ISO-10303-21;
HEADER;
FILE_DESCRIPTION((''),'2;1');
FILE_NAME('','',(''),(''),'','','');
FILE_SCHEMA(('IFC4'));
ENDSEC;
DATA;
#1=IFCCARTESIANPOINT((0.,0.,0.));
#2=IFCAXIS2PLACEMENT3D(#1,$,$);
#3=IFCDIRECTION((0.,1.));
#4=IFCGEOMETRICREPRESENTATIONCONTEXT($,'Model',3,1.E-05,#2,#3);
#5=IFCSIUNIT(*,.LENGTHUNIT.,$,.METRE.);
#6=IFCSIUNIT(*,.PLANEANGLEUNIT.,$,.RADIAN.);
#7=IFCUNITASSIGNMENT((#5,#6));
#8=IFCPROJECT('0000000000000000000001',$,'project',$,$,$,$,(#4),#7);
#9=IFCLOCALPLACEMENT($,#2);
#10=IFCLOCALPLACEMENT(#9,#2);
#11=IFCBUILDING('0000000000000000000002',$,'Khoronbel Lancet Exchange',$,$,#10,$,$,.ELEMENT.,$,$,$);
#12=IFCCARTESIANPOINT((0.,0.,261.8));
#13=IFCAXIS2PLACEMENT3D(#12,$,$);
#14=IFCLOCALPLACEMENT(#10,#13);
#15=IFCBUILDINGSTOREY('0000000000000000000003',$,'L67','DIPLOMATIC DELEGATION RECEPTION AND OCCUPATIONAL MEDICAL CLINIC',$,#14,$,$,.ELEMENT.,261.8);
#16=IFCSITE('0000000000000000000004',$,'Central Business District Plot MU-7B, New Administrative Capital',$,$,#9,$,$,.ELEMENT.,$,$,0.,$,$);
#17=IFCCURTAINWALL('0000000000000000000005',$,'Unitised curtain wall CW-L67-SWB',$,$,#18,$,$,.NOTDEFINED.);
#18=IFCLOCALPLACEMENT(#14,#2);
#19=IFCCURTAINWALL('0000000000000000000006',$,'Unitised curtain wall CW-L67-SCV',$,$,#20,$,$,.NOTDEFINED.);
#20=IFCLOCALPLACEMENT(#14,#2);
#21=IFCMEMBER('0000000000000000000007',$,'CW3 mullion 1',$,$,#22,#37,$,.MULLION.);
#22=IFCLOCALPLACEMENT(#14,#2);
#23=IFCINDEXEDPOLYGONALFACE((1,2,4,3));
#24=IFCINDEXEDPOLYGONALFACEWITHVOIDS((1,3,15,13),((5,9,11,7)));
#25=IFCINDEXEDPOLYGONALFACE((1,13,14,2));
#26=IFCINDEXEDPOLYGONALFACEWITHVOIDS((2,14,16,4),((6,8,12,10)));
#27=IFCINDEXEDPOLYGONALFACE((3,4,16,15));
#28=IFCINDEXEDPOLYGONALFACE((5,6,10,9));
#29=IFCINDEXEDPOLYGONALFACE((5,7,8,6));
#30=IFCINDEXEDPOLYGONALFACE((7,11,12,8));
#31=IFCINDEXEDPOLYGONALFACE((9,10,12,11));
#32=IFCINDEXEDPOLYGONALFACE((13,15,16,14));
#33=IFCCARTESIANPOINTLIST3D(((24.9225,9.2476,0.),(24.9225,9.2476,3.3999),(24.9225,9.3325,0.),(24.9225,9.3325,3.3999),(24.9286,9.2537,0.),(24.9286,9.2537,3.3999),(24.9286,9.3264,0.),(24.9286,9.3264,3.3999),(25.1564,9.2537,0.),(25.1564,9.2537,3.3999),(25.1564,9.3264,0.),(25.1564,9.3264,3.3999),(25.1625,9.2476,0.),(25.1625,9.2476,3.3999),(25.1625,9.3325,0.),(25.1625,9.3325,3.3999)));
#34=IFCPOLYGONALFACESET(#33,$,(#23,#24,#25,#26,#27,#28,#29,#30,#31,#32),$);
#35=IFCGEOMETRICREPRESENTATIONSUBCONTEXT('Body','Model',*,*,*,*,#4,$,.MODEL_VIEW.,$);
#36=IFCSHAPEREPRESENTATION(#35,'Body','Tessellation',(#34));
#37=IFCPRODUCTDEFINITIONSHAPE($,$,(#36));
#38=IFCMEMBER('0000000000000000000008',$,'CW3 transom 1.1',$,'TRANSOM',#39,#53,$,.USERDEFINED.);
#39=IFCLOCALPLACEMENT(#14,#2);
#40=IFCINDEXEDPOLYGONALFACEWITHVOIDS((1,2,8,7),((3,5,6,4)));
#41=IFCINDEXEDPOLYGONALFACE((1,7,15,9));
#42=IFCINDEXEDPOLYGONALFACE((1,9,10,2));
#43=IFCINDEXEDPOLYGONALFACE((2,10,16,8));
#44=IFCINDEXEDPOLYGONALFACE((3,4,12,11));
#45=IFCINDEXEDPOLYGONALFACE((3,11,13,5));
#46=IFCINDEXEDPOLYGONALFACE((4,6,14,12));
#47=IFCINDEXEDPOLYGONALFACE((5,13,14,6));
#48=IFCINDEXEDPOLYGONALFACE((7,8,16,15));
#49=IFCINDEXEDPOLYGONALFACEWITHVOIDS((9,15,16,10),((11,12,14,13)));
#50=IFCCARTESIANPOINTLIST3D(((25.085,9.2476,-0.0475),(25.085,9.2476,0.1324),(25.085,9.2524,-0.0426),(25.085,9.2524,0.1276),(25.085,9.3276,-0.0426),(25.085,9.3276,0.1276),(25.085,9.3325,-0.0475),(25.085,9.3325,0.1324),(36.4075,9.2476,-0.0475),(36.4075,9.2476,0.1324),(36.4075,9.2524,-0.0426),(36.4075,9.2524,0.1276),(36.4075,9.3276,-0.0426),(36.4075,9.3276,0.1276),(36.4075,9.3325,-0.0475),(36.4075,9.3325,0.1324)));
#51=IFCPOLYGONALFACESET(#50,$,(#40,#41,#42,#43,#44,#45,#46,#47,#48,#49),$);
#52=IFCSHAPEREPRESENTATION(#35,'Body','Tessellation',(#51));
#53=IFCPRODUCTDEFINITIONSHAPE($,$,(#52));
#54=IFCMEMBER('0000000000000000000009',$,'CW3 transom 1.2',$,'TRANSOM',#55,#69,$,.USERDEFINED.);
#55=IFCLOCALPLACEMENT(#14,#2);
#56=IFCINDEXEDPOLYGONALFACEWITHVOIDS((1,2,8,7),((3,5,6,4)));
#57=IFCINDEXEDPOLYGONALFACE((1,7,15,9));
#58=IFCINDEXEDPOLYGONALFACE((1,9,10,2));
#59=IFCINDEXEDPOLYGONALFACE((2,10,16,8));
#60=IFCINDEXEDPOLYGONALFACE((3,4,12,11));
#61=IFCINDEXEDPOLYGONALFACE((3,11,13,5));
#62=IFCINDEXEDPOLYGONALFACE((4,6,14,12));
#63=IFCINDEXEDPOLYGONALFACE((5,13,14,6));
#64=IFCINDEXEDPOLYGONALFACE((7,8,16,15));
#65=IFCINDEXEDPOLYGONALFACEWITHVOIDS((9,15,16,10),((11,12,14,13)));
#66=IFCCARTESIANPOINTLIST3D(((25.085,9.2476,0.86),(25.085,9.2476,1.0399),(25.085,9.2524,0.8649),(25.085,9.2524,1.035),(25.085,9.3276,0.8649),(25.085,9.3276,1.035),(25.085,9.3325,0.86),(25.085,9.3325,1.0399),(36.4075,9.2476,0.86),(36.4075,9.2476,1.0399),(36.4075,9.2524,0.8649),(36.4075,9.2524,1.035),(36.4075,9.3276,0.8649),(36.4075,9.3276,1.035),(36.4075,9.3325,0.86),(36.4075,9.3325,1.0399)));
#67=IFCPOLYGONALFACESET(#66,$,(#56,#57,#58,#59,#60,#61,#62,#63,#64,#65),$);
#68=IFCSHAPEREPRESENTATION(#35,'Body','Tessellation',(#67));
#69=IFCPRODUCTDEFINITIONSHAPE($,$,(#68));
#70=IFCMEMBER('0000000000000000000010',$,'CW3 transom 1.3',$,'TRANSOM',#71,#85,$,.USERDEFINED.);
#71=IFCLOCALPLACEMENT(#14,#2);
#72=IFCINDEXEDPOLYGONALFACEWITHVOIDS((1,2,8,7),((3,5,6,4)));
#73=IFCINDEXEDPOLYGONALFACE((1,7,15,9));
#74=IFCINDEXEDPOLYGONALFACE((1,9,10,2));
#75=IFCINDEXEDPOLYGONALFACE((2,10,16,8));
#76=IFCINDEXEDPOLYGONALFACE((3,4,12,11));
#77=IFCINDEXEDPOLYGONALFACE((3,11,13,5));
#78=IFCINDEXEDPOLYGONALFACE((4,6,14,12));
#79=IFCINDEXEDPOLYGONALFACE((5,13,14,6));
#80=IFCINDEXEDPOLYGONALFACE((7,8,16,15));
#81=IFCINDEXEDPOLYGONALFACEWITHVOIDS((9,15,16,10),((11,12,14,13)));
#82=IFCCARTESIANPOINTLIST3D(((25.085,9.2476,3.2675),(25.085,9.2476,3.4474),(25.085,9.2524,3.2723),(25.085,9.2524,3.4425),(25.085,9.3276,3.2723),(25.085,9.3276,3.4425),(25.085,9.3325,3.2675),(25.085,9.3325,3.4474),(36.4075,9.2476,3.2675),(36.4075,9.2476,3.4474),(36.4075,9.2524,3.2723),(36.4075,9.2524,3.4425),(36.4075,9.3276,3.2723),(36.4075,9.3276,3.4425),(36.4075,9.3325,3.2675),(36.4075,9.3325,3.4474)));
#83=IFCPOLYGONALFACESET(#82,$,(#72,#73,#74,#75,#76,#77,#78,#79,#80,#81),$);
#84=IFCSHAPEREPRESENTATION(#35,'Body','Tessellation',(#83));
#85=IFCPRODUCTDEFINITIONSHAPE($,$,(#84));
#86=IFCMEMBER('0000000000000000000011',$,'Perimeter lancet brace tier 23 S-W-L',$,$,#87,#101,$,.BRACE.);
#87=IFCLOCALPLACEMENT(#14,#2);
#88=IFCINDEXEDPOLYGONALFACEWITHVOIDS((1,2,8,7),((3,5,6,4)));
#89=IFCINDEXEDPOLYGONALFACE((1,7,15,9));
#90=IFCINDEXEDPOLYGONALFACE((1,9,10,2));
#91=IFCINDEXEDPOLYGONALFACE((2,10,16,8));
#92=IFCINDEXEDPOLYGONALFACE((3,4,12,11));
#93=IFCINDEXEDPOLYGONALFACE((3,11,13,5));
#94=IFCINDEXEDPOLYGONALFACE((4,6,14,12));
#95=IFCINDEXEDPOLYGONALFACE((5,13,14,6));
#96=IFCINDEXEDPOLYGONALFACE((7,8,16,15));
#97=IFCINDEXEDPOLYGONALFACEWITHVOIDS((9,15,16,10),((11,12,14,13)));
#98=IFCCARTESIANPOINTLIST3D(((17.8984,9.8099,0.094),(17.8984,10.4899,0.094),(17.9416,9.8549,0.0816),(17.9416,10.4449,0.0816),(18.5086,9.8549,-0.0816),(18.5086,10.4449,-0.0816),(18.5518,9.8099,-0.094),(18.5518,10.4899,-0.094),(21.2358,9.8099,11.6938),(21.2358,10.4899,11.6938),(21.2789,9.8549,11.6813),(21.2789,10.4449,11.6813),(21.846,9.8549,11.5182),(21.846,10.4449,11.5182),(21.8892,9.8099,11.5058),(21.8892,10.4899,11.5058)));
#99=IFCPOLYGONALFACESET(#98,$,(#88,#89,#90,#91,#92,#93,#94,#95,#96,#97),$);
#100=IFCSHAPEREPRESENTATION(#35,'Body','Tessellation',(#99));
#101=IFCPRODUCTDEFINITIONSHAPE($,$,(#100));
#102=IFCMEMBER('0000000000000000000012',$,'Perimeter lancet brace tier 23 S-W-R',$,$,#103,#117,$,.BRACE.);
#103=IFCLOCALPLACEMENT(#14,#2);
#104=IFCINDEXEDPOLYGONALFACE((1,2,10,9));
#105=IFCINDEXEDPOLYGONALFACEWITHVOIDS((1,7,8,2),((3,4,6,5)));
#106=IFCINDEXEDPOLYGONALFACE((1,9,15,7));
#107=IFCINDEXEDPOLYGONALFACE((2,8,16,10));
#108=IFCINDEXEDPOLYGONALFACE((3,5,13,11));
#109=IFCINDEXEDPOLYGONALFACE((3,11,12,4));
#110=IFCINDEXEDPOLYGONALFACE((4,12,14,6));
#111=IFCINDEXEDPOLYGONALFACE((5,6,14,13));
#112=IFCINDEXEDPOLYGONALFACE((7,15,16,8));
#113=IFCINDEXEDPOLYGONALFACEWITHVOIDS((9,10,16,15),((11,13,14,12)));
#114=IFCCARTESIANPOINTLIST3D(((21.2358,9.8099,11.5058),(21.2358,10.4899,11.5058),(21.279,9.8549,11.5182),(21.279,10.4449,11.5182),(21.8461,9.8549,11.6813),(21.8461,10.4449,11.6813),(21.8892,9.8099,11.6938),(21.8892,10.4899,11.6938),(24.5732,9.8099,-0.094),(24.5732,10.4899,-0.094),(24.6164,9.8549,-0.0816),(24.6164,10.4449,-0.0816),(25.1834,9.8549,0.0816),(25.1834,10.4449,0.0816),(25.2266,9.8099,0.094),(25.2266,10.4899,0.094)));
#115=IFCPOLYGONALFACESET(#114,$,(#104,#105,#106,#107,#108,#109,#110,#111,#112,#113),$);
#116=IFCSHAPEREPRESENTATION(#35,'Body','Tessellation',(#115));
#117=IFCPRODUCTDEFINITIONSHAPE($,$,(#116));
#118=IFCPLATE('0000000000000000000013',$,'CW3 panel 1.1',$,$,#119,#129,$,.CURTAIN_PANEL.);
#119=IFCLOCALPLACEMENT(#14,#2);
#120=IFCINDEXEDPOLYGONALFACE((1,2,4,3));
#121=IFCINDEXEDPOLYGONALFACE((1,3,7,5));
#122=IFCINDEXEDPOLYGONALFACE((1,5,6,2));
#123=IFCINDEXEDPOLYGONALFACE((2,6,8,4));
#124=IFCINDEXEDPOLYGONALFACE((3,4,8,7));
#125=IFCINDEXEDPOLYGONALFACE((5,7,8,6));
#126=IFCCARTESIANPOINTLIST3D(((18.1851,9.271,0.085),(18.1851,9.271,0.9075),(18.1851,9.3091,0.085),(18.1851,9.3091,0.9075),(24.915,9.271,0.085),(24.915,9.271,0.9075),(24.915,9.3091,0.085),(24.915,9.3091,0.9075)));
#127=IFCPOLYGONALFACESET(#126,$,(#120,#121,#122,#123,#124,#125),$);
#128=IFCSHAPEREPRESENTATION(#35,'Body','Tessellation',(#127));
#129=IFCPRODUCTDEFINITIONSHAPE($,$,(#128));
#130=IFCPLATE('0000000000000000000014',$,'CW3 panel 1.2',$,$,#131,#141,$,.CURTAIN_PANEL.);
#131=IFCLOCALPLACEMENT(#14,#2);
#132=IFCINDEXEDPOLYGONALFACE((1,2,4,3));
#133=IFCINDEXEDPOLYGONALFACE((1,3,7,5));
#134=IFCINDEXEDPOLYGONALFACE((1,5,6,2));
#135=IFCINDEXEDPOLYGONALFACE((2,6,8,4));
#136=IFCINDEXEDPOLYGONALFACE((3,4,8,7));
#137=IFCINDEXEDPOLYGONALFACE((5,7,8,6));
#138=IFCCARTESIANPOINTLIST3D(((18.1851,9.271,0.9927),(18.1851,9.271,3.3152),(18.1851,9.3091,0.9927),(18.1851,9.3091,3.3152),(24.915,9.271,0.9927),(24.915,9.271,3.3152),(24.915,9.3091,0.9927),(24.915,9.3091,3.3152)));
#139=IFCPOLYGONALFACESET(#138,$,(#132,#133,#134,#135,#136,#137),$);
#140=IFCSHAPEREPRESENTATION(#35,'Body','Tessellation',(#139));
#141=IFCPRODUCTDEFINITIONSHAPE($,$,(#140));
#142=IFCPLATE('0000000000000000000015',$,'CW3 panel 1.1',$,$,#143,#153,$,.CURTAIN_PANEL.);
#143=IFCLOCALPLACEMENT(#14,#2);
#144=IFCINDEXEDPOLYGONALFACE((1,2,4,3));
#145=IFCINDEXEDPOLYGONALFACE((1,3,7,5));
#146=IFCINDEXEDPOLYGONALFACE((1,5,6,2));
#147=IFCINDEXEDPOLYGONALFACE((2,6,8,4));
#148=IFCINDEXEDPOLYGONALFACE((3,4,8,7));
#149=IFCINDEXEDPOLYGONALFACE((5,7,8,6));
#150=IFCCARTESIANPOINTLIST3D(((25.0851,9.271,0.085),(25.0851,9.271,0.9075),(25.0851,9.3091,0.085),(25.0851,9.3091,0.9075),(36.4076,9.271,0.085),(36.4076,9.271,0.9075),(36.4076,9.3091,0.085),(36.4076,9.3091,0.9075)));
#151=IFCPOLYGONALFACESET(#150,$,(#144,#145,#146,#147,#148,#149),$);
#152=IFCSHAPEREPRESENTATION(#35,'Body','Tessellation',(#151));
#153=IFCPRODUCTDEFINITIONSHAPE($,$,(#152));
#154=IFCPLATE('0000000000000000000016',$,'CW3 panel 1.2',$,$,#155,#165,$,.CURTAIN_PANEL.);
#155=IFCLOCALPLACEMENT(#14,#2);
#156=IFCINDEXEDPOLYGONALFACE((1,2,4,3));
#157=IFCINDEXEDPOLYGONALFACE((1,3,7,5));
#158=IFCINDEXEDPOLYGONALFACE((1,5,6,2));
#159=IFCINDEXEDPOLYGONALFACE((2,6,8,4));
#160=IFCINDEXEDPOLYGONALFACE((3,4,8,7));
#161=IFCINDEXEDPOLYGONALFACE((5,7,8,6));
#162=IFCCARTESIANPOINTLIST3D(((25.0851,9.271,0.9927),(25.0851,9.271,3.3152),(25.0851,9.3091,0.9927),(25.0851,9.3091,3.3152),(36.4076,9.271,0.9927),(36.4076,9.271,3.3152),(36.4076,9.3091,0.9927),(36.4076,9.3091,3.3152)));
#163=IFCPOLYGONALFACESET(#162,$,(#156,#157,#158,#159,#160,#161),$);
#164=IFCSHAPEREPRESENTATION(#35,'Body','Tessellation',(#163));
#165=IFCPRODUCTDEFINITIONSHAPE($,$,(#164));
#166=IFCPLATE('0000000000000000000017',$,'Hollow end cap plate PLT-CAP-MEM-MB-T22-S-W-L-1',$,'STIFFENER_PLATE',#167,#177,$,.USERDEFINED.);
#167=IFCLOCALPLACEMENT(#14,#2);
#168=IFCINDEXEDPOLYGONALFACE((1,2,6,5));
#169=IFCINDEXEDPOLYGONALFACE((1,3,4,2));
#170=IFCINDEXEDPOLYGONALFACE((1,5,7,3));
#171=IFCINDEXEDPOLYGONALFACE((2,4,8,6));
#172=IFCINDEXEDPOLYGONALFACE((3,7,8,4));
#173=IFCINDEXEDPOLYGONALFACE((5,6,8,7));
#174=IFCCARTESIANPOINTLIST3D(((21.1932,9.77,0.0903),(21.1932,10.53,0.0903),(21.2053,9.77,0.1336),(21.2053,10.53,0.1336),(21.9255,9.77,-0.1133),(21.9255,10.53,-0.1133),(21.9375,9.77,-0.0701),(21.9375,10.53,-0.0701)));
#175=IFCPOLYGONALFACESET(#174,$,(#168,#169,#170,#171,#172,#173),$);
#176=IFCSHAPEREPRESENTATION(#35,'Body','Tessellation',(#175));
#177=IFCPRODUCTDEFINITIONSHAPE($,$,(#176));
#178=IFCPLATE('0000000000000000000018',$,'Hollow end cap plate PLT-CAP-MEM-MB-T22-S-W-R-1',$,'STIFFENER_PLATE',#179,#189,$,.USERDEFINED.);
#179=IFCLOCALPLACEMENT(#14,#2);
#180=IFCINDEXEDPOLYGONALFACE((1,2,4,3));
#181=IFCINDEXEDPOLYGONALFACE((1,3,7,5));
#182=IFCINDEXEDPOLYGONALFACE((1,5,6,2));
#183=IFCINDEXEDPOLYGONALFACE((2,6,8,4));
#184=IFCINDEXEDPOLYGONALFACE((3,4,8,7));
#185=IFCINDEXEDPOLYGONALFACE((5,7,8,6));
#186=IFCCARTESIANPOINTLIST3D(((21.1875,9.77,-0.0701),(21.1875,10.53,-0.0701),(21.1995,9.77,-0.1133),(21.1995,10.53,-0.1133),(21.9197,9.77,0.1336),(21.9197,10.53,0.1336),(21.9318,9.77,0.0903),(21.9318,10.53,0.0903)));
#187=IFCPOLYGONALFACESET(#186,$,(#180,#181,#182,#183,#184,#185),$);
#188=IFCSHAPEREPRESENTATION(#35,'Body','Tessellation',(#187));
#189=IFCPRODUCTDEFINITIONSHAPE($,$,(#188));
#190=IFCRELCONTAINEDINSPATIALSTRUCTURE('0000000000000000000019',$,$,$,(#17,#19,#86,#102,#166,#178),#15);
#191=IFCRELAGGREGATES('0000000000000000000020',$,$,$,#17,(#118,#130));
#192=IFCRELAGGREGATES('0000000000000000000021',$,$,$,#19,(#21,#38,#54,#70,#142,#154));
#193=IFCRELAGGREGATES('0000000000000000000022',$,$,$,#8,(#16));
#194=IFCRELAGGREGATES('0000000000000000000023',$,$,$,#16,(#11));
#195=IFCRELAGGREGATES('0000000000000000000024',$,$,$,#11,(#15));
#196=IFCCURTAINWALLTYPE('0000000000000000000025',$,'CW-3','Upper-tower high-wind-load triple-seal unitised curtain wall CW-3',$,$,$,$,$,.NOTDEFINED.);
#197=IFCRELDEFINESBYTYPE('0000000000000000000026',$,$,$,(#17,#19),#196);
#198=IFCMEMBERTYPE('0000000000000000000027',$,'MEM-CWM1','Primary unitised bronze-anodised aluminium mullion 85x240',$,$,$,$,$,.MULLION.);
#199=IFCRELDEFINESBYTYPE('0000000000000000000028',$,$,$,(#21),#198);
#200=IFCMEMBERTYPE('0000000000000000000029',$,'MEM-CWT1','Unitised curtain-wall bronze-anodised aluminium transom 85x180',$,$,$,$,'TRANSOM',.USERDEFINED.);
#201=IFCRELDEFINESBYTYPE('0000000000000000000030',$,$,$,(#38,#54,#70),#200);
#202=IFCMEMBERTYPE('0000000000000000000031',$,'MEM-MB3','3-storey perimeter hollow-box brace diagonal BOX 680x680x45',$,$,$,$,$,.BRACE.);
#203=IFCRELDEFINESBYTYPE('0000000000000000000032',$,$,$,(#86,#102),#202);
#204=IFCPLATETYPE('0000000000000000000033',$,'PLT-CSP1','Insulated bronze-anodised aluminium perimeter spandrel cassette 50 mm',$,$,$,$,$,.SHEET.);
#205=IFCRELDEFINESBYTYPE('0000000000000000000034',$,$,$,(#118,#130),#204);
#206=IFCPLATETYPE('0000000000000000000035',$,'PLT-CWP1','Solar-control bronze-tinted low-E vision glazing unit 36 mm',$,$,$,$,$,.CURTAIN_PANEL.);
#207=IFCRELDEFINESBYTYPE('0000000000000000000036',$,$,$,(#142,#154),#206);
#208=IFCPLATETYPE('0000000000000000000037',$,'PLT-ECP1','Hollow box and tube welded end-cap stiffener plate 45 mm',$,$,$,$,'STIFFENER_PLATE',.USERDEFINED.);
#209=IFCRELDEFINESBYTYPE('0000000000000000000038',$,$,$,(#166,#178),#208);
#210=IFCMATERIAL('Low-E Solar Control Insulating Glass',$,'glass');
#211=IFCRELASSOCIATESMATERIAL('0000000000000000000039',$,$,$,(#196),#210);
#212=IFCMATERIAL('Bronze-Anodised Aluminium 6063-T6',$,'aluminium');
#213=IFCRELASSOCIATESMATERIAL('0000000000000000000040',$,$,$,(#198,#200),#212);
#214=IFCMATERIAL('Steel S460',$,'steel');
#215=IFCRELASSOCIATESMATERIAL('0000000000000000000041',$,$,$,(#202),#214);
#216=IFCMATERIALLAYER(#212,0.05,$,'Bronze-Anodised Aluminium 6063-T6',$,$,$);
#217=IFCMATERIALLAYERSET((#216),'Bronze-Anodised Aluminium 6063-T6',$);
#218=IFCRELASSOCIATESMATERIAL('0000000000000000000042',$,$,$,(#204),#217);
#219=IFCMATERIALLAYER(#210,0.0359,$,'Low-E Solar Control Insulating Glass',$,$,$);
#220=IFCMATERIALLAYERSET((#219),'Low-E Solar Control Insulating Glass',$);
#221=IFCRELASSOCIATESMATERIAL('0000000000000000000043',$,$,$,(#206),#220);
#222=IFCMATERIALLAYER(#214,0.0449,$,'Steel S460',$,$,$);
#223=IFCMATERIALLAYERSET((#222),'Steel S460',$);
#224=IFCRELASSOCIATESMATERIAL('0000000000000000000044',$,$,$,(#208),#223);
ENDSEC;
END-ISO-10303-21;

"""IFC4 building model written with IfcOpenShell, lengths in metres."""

from ifc_helpers import new_model, si_unit, direction, frame, origin, origin_2d, place, context, subcontext, project, spatial, polyline, rectangle, hollow_rectangle, outline, extrude, material, layer, layer_set, material_profile, profile_set, type_object, element, aggregate, save


model = new_model("IFC4")

# Units and contexts
model_context = context("Model", 3, precision=1e-05, world=origin(), true_north=direction((0.0, 1.0)))
body_context = subcontext(model_context, "Body", "Model", "MODEL_VIEW")
ifc_project = project(units=[si_unit("LENGTHUNIT", "METRE"), si_unit("PLANEANGLEUNIT", "RADIAN")], contexts=[model_context])

# Site, building, storey
site_placement = place(None, origin())
site = spatial("IfcSite", under=ifc_project, at=site_placement, Name="Central Business District Plot MU-7B, New Administrative Capital", CompositionType="ELEMENT", RefElevation=0.0)
building_placement = place(site_placement, origin())
building = spatial("IfcBuilding", under=site, at=building_placement, Name="Khoronbel Lancet Exchange", CompositionType="ELEMENT")
storey_placement = place(building_placement, frame((0.0, 0.0, 261.8)))
storey = spatial("IfcBuildingStorey", under=building, at=storey_placement, Name="L67", Description="DIPLOMATIC DELEGATION RECEPTION AND OCCUPATIONAL MEDICAL CLINIC", CompositionType="ELEMENT", Elevation=261.8)

# Shared definitions
ifc_material_1 = material(Name="Steel S460", Category="steel")

# Curtain wall
ifc_material_2 = material(Name="Low-E Solar Control Insulating Glass", Category="glass")
curtain_wall_type = type_object("IfcCurtainWallType", Name="CW-3", Description="Upper-tower high-wind-load triple-seal unitised curtain wall CW-3", PredefinedType="NOTDEFINED", material=ifc_material_2)
curtain_wall_1_placement = place(storey_placement, origin())
curtain_wall_1 = element("IfcCurtainWall", 1, at=curtain_wall_1_placement, inside=storey, type_object=curtain_wall_type, Name="Unitised curtain wall CW-L67-SWB", PredefinedType="NOTDEFINED")
ifc_material_3 = material(Name="Bronze-Anodised Aluminium 6063-T6", Category="aluminium")
ifc_material_profile_1 = material_profile(ifc_material_3, hollow_rectangle(XDim=0.085, YDim=0.24, WallThickness=0.0061, at=origin_2d()), Name="ALU MULLION 85x240")
ifc_profile_set_1 = profile_set([ifc_material_profile_1], Name="Bronze-Anodised Aluminium 6063-T6")
member_type_1 = type_object("IfcMemberType", Name="MEM-CWM1", Description="Primary unitised bronze-anodised aluminium mullion 85x240", PredefinedType="MULLION", material=ifc_profile_set_1)

# Curtain wall, members
curtain_wall_2_placement = place(storey_placement, origin())
curtain_wall_2 = element("IfcCurtainWall", 2, at=curtain_wall_2_placement, inside=storey, type_object=curtain_wall_type, Name="Unitised curtain wall CW-L67-SCV", PredefinedType="NOTDEFINED")
member_1_placement = place(storey_placement, frame((25.0425, 9.29, 0.0), z_axis=(0.0, 0.0, 1.0), x_axis=(0.0, 1.0, 0.0)))
member_1 = element("IfcMember", 3, at=member_1_placement, type_object=member_type_1, Name="CW3 mullion 1", PredefinedType="MULLION", context=body_context, shape_type="SweptSolid", body=[
    extrude(hollow_rectangle(XDim=0.085, YDim=0.24, WallThickness=0.0061, at=origin_2d()), origin(), (0.0, 0.0, 1.0), 3.3999),
])
ifc_material_profile_2 = material_profile(ifc_material_3, hollow_rectangle(XDim=0.085, YDim=0.1799, WallThickness=0.0049, at=origin_2d()), Name="ALU TRANSOM 85x180")
ifc_profile_set_2 = profile_set([ifc_material_profile_2], Name="Bronze-Anodised Aluminium 6063-T6")
member_type_2 = type_object("IfcMemberType", Name="MEM-CWT1", Description="Unitised curtain-wall bronze-anodised aluminium transom 85x180", ElementType="TRANSOM", PredefinedType="USERDEFINED", material=ifc_profile_set_2)
member_2_placement = place(storey_placement, frame((25.085, 9.29, 0.0425), z_axis=(1.0, 0.0, 0.0), x_axis=(0.0, 1.0, 0.0)))
member_2 = element("IfcMember", 4, at=member_2_placement, type_object=member_type_2, Name="CW3 transom 1.1", ObjectType="TRANSOM", PredefinedType="USERDEFINED", context=body_context, shape_type="SweptSolid", body=[
    extrude(hollow_rectangle(XDim=0.085, YDim=0.1799, WallThickness=0.0049, at=origin_2d()), origin(), (0.0, 0.0, 1.0), 11.3225),
])
member_3_placement = place(storey_placement, frame((25.085, 9.29, 0.95), z_axis=(1.0, 0.0, 0.0), x_axis=(0.0, 1.0, 0.0)))
member_3 = element("IfcMember", 5, at=member_3_placement, type_object=member_type_2, Name="CW3 transom 1.2", ObjectType="TRANSOM", PredefinedType="USERDEFINED", context=body_context, shape_type="SweptSolid", body=[
    extrude(hollow_rectangle(XDim=0.085, YDim=0.1799, WallThickness=0.0049, at=origin_2d()), origin(), (0.0, 0.0, 1.0), 11.3225),
])
member_4_placement = place(storey_placement, frame((25.085, 9.29, 3.3574), z_axis=(1.0, 0.0, 0.0), x_axis=(0.0, 1.0, 0.0)))
member_4 = element("IfcMember", 6, at=member_4_placement, type_object=member_type_2, Name="CW3 transom 1.3", ObjectType="TRANSOM", PredefinedType="USERDEFINED", context=body_context, shape_type="SweptSolid", body=[
    extrude(hollow_rectangle(XDim=0.085, YDim=0.1799, WallThickness=0.0049, at=origin_2d()), origin(), (0.0, 0.0, 1.0), 11.3225),
])

# Members
ifc_material_profile_3 = material_profile(ifc_material_1, hollow_rectangle(XDim=0.6799, YDim=0.6799, WallThickness=0.0449, at=origin_2d()), Name="BOX 680x680x45")
ifc_profile_set_3 = profile_set([ifc_material_profile_3], Name="Steel S460")
member_type_3 = type_object("IfcMemberType", Name="MEM-MB3", Description="3-storey perimeter hollow-box brace diagonal BOX 680x680x45", PredefinedType="BRACE", material=ifc_profile_set_3)
for number, where, z_axis, x_axis, name in (
    (7, (18.2251, 10.1499, 0.0), (0.276494, 0.0, 0.961016), (0.0, 1.0, 0.0), "Perimeter lancet brace tier 23 S-W-L"),
    (8, (24.8999, 10.1499, 0.0), (-0.276494, 0.0, 0.961016), (0.0, -1.0, 0.0), "Perimeter lancet brace tier 23 S-W-R"),
):
    element("IfcMember", number, at=place(storey_placement, frame(where, z_axis=z_axis, x_axis=x_axis)), inside=storey, type_object=member_type_3, Name=name, PredefinedType="BRACE", context=body_context, shape_type="SweptSolid", body=[
        extrude(hollow_rectangle(XDim=0.6799, YDim=0.6799, WallThickness=0.0449, at=origin_2d()), origin(), (0.0, 0.0, 1.0), 12.0703),
    ])

# Plates
ifc_layer_1 = layer(ifc_material_3, 0.05, Name="Bronze-Anodised Aluminium 6063-T6")
ifc_layer_set_1 = layer_set([ifc_layer_1], Name="Bronze-Anodised Aluminium 6063-T6")
plate_type_1 = type_object("IfcPlateType", Name="PLT-CSP1", Description="Insulated bronze-anodised aluminium perimeter spandrel cassette 50 mm", PredefinedType="SHEET", material=ifc_layer_set_1)
plate_1_placement = place(storey_placement, frame((21.55, 9.29, 0.085), z_axis=(0.0, 0.0, 1.0), x_axis=(1.0, 0.0, 0.0)))
plate_1 = element("IfcPlate", 9, at=plate_1_placement, type_object=plate_type_1, Name="CW3 panel 1.1", PredefinedType="CURTAIN_PANEL", context=body_context, shape_type="SweptSolid", body=[
    extrude(rectangle(XDim=6.73, YDim=0.0381, at=origin_2d()), origin(), (0.0, 0.0, 1.0), 0.8225),
])
plate_2_placement = place(storey_placement, frame((21.55, 9.29, 0.9927), z_axis=(0.0, 0.0, 1.0), x_axis=(1.0, 0.0, 0.0)))
plate_2 = element("IfcPlate", 10, at=plate_2_placement, type_object=plate_type_1, Name="CW3 panel 1.2", PredefinedType="CURTAIN_PANEL", context=body_context, shape_type="SweptSolid", body=[
    extrude(rectangle(XDim=6.73, YDim=0.0381, at=origin_2d()), origin(), (0.0, 0.0, 1.0), 2.3225),
])
aggregate(curtain_wall_1, [plate_1, plate_2])
ifc_layer_2 = layer(ifc_material_2, 0.0359, Name="Low-E Solar Control Insulating Glass")
ifc_layer_set_2 = layer_set([ifc_layer_2], Name="Low-E Solar Control Insulating Glass")
plate_type_2 = type_object("IfcPlateType", Name="PLT-CWP1", Description="Solar-control bronze-tinted low-E vision glazing unit 36 mm", PredefinedType="CURTAIN_PANEL", material=ifc_layer_set_2)
plate_3_placement = place(storey_placement, frame((30.7463, 9.29, 0.085), z_axis=(0.0, 0.0, 1.0), x_axis=(1.0, 0.0, 0.0)))
plate_3 = element("IfcPlate", 11, at=plate_3_placement, type_object=plate_type_2, Name="CW3 panel 1.1", PredefinedType="CURTAIN_PANEL", context=body_context, shape_type="SweptSolid", body=[
    extrude(rectangle(XDim=11.3225, YDim=0.0381, at=origin_2d()), origin(), (0.0, 0.0, 1.0), 0.8225),
])
plate_4_placement = place(storey_placement, frame((30.7463, 9.29, 0.9927), z_axis=(0.0, 0.0, 1.0), x_axis=(1.0, 0.0, 0.0)))
plate_4 = element("IfcPlate", 12, at=plate_4_placement, type_object=plate_type_2, Name="CW3 panel 1.2", PredefinedType="CURTAIN_PANEL", context=body_context, shape_type="SweptSolid", body=[
    extrude(rectangle(XDim=11.3225, YDim=0.0381, at=origin_2d()), origin(), (0.0, 0.0, 1.0), 2.3225),
])
aggregate(curtain_wall_2, [member_1, member_2, member_3, member_4, plate_3, plate_4])

# Plates
ifc_layer_3 = layer(ifc_material_1, 0.0449, Name="Steel S460")
ifc_layer_set_3 = layer_set([ifc_layer_3], Name="Steel S460")
plate_type_3 = type_object("IfcPlateType", Name="PLT-ECP1", Description="Hollow box and tube welded end-cap stiffener plate 45 mm", ElementType="STIFFENER_PLATE", PredefinedType="USERDEFINED", material=ifc_layer_set_3)
for number, where, z_axis, x_axis, name in (
    (13, (21.9375, 9.77, -0.0701), (0.267926, 0.0, 0.96344), (0.0, 1.0, 0.0), "Hollow end cap plate PLT-CAP-MEM-MB-T22-S-W-L-1"),
    (14, (21.1875, 10.53, -0.0701), (-0.267926, 0.0, 0.96344), (0.0, -1.0, 0.0), "Hollow end cap plate PLT-CAP-MEM-MB-T22-S-W-R-1"),
):
    element("IfcPlate", number, at=place(storey_placement, frame(where, z_axis=z_axis, x_axis=x_axis)), inside=storey, type_object=plate_type_3, Name=name, ObjectType="STIFFENER_PLATE", PredefinedType="USERDEFINED", context=body_context, shape_type="SweptSolid", body=[
        extrude(outline(polyline([(0.0, 0.0), (0.76, 0.0), (0.76, 0.76), (0.0, 0.76), (0.0, 0.0)])), origin(), (0.0, 0.0, -1.0), 0.0449),
    ])

save(model, "model.ifc")
